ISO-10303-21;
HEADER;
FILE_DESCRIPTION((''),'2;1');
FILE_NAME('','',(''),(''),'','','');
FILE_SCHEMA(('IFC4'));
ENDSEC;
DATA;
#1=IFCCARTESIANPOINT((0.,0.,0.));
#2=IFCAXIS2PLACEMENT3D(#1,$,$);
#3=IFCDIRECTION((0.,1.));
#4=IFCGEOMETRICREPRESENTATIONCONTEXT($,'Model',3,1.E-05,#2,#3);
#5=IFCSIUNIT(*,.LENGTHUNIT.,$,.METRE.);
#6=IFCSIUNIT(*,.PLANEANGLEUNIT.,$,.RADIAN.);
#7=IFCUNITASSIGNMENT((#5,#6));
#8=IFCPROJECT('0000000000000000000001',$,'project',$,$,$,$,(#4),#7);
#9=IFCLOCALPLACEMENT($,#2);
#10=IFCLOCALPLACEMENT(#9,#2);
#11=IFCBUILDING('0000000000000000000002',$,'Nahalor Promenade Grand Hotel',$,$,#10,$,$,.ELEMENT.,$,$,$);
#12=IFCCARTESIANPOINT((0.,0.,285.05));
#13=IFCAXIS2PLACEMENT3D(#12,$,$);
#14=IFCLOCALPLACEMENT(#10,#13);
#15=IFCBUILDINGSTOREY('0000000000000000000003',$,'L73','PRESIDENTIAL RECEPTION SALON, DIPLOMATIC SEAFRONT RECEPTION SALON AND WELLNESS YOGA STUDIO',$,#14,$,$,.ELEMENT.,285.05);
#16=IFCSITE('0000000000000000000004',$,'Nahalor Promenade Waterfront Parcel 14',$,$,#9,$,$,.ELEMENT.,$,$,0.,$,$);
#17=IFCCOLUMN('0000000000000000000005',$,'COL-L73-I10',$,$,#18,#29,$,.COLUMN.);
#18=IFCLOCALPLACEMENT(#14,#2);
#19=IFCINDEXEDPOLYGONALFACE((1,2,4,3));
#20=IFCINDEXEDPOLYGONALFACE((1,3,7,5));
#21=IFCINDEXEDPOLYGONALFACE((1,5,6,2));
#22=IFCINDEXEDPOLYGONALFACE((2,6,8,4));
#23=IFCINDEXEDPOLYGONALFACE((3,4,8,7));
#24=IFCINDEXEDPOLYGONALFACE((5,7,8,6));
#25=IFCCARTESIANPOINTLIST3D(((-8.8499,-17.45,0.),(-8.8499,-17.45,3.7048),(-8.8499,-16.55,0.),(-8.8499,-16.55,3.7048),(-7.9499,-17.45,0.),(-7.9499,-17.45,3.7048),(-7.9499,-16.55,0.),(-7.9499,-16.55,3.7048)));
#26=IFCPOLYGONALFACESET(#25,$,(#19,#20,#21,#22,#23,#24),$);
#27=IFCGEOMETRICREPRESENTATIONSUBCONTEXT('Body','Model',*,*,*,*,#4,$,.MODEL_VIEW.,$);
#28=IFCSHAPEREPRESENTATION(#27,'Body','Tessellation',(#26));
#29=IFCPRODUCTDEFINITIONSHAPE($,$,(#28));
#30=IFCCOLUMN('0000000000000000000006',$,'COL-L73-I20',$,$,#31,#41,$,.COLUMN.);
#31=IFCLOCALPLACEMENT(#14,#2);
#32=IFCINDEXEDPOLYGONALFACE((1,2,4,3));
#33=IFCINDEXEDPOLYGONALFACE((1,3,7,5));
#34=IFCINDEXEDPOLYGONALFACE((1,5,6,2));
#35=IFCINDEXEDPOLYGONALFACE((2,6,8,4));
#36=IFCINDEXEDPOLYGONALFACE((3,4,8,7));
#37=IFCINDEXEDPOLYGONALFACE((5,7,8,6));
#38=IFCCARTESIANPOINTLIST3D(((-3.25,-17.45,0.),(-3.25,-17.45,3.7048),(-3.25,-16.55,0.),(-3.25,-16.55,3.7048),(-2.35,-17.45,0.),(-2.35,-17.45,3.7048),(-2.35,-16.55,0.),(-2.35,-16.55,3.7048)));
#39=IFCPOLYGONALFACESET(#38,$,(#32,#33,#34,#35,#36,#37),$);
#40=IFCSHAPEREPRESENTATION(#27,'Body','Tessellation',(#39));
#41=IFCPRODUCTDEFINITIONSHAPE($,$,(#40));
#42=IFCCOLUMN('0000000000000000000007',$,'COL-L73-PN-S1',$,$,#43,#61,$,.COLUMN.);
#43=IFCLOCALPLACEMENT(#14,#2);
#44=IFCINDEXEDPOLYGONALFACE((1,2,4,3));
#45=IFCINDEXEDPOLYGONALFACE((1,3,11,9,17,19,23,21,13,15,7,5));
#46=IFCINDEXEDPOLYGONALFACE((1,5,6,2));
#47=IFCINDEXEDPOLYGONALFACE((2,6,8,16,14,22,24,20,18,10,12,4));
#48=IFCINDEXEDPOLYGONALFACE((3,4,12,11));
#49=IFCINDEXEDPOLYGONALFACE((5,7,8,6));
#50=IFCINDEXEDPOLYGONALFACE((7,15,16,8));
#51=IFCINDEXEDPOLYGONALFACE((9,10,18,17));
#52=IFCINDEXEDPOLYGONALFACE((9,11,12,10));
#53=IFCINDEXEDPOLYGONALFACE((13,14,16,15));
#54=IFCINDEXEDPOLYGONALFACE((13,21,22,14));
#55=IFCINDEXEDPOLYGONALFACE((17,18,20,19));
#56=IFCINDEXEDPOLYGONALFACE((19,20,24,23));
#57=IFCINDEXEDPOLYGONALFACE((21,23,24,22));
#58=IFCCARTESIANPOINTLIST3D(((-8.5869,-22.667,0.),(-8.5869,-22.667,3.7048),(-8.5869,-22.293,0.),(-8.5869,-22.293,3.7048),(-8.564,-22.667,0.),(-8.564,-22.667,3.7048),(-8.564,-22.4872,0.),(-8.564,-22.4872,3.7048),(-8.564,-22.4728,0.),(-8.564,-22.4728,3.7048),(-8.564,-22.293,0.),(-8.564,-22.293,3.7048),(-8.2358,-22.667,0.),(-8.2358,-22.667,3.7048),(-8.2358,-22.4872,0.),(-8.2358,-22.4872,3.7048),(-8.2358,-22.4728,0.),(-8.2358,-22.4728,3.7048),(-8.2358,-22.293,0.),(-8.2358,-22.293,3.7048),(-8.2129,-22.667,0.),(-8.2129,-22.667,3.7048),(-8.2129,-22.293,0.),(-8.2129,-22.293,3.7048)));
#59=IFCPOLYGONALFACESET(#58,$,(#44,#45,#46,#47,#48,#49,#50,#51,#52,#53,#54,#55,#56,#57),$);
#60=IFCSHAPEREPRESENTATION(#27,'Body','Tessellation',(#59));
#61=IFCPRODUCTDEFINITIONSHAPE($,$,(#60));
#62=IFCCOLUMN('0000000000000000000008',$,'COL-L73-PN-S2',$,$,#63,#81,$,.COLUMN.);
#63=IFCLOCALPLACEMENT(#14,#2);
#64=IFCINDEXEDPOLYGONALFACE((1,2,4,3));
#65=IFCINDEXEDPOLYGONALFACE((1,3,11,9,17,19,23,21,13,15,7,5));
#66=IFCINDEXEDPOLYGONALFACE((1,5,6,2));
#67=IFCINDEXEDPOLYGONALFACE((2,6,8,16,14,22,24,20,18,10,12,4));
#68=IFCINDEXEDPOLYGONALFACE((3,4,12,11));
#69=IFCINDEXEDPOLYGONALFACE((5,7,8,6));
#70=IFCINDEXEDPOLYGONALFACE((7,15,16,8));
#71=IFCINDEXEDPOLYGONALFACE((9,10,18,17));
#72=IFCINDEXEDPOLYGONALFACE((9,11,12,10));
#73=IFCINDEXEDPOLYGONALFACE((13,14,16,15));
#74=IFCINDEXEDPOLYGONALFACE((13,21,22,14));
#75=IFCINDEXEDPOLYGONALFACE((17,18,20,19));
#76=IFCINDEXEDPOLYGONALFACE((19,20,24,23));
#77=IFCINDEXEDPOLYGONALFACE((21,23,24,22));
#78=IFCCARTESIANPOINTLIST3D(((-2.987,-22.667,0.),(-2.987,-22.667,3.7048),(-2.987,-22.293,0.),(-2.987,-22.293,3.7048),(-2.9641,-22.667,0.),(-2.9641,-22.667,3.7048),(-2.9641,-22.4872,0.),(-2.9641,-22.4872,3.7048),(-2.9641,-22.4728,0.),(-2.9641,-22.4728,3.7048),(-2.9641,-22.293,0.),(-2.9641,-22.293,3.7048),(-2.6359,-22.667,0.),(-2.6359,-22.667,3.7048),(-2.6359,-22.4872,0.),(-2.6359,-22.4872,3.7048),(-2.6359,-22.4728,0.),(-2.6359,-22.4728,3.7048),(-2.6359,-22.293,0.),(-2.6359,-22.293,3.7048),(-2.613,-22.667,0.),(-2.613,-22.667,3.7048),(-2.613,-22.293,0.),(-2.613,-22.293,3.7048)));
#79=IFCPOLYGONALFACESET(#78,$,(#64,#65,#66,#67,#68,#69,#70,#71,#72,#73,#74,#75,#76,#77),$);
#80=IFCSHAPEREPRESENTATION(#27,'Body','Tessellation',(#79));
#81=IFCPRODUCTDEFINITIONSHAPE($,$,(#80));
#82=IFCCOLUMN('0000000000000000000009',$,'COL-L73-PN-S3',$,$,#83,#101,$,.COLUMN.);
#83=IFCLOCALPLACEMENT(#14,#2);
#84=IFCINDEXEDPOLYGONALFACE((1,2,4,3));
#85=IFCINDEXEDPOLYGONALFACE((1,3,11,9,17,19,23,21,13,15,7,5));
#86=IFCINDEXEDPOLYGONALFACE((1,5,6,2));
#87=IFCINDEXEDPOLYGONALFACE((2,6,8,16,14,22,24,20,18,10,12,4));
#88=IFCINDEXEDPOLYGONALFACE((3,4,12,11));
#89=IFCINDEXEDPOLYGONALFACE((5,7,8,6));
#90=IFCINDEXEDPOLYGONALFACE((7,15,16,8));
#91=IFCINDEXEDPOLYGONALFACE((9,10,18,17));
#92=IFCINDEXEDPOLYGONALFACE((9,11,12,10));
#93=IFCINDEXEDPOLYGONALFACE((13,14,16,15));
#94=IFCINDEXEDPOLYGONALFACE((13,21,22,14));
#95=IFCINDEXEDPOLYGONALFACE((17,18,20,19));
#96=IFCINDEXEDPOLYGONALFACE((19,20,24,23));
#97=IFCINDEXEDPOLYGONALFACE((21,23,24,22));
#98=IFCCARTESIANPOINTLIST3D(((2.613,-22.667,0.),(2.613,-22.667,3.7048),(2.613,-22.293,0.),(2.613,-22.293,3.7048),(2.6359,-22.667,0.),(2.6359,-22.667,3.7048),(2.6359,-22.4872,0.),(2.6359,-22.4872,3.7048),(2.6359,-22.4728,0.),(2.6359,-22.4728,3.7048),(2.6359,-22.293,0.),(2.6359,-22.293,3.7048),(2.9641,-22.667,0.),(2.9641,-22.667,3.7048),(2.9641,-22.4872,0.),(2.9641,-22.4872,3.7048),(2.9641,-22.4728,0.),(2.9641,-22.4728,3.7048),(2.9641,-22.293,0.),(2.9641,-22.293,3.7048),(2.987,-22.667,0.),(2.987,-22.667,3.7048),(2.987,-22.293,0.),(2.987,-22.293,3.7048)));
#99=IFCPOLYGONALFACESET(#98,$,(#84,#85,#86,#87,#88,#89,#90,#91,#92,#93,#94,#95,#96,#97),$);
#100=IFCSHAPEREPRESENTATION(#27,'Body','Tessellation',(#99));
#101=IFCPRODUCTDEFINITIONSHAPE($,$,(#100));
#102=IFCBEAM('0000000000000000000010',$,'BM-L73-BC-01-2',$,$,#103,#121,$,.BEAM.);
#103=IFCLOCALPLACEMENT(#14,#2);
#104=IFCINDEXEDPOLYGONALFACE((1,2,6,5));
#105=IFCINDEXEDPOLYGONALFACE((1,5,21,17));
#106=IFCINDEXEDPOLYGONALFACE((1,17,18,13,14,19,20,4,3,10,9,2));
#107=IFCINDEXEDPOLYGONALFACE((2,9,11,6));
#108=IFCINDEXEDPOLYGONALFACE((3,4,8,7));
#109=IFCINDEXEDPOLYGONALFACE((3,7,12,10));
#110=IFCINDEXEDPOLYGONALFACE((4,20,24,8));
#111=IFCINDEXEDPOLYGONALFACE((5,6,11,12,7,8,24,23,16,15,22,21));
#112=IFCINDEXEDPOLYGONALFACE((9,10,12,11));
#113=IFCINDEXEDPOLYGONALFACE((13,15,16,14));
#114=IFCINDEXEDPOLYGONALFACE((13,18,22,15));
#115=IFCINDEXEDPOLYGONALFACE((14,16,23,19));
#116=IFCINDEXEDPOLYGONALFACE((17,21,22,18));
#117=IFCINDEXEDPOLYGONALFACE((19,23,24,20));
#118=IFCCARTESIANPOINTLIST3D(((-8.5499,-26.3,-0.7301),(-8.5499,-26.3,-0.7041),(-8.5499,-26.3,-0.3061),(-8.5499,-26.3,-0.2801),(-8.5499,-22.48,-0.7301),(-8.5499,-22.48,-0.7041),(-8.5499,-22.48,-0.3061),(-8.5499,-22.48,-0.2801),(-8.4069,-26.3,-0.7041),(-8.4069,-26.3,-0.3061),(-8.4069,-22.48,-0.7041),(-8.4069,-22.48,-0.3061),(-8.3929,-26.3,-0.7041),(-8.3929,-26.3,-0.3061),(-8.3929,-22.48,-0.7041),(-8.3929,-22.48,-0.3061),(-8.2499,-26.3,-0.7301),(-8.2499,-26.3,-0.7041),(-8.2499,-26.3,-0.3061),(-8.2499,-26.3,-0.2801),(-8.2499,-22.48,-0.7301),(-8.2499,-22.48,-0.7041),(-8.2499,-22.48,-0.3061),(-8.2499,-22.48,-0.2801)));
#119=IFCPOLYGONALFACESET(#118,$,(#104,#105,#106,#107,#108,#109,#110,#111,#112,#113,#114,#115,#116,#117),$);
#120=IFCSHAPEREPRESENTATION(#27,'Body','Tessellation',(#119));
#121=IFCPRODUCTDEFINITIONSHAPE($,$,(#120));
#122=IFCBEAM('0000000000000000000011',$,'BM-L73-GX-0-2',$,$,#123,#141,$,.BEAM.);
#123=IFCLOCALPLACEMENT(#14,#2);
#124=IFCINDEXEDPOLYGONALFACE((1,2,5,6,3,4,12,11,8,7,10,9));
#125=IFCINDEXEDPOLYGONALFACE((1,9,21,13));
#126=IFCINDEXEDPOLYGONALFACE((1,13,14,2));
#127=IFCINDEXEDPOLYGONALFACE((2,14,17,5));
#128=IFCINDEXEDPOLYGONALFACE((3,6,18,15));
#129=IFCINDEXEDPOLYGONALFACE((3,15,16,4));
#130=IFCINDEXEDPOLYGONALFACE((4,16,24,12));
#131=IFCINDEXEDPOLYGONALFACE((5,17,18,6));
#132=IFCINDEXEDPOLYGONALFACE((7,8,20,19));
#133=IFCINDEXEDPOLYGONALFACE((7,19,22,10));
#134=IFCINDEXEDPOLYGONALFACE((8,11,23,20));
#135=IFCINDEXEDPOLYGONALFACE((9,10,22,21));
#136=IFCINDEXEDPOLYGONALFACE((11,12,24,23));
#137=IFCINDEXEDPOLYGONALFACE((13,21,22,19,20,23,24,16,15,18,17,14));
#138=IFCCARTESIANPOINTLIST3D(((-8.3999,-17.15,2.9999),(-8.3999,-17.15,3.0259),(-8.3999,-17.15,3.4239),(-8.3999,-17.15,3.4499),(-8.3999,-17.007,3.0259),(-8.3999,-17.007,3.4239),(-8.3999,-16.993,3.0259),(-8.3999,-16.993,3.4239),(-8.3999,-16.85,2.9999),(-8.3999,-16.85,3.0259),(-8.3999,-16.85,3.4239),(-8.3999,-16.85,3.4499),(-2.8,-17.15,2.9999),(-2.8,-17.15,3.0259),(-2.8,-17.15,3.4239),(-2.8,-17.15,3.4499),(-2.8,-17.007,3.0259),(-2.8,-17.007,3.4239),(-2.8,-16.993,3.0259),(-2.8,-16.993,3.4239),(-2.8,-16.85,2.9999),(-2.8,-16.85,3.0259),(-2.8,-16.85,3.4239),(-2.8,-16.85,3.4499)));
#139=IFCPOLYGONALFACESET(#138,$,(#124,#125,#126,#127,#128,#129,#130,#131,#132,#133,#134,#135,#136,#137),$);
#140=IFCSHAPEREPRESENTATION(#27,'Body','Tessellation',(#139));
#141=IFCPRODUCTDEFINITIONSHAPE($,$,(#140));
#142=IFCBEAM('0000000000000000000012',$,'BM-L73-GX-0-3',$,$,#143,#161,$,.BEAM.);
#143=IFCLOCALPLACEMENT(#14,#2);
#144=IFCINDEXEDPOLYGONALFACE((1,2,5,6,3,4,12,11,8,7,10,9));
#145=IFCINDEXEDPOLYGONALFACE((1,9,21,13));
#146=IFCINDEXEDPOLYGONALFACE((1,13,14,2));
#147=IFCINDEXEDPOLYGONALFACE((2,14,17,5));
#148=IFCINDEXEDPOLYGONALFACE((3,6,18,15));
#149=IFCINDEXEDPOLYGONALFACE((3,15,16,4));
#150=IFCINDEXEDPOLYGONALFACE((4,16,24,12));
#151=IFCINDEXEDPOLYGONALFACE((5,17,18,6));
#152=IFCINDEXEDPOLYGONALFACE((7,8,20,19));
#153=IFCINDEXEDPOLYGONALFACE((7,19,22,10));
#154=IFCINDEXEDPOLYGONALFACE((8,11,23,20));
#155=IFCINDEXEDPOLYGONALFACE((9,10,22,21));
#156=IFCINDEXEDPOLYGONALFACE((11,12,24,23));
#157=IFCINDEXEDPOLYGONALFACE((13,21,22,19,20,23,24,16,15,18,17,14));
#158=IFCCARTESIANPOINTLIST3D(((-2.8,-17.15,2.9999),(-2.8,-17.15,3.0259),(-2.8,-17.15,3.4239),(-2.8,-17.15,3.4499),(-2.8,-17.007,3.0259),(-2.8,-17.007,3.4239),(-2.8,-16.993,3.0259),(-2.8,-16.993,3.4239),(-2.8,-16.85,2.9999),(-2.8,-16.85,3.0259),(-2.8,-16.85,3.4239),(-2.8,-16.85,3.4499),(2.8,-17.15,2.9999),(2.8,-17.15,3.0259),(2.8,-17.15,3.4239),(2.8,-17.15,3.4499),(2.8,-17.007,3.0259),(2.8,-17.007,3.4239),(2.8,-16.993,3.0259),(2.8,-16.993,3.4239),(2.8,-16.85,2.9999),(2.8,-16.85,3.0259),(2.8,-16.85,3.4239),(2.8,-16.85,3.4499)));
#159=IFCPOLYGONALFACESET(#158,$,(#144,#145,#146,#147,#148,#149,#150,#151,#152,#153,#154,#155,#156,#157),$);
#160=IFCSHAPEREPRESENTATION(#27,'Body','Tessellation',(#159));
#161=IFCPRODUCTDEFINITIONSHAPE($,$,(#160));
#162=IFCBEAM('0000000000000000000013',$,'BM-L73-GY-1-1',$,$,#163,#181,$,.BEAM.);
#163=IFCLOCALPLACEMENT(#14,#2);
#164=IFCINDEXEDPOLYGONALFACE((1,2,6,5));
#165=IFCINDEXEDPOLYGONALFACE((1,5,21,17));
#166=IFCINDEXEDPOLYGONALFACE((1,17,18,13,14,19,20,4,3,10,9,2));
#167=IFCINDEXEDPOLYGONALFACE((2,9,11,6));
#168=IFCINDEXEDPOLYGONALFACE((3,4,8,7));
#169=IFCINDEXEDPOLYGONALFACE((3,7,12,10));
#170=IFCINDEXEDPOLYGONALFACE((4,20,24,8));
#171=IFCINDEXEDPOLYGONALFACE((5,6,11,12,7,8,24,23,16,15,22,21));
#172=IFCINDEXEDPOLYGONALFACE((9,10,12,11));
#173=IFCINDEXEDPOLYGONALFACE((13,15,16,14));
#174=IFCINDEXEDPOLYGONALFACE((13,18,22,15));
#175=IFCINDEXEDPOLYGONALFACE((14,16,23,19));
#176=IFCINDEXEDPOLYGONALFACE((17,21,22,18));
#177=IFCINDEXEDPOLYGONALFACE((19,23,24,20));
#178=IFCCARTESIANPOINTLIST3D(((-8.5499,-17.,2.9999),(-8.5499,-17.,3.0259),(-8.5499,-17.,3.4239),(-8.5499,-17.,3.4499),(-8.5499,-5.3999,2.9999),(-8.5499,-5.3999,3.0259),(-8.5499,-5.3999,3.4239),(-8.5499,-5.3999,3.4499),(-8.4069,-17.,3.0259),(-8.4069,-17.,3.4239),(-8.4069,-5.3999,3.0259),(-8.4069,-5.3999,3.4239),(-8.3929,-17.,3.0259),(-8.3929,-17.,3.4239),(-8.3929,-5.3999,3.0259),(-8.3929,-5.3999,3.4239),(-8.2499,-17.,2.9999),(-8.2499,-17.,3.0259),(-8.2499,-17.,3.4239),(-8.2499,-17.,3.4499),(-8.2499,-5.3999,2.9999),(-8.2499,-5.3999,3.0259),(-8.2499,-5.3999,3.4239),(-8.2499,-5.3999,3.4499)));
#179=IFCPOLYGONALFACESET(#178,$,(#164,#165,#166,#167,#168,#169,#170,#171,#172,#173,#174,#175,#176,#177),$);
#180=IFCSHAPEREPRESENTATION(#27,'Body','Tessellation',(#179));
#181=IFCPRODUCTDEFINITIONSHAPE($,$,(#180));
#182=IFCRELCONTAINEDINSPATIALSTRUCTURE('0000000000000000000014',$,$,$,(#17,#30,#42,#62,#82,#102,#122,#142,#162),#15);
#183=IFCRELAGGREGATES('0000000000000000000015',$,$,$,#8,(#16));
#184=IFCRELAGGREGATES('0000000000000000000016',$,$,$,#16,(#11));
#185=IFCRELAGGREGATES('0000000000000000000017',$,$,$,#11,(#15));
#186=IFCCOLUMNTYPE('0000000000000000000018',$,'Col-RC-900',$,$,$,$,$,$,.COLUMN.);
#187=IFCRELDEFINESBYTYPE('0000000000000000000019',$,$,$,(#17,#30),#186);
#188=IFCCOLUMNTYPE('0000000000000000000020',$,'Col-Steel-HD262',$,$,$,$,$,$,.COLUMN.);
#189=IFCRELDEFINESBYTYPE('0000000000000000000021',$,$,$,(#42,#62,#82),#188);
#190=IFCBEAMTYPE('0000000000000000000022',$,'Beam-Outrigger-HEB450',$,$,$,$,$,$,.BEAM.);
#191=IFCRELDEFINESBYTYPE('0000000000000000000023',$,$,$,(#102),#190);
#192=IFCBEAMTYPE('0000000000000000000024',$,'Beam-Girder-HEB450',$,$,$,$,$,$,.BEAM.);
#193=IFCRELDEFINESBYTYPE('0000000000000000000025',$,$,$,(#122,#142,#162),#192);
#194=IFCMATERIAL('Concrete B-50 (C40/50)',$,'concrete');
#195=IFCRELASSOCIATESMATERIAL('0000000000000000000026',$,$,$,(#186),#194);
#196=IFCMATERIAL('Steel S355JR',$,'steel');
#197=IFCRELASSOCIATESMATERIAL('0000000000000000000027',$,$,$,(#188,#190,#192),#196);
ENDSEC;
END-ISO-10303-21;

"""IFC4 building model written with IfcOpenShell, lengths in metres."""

from ifc_helpers import new_model, si_unit, direction, frame, origin, origin_2d, place, context, subcontext, project, spatial, rectangle, i_section, extrude, source, transform, mapped, material, material_profile, profile_set, type_object, element, save


model = new_model("IFC4")

# Units and contexts
model_context = context("Model", 3, precision=1e-05, world=origin(), true_north=direction((0.0, 1.0)))
body_context = subcontext(model_context, "Body", "Model", "MODEL_VIEW")
ifc_project = project(units=[si_unit("LENGTHUNIT", "METRE"), si_unit("PLANEANGLEUNIT", "RADIAN")], contexts=[model_context])

# Site, building, storey
site_placement = place(None, origin())
site = spatial("IfcSite", under=ifc_project, at=site_placement, Name="Nahalor Promenade Waterfront Parcel 14", CompositionType="ELEMENT", RefElevation=0.0)
building_placement = place(site_placement, origin())
building = spatial("IfcBuilding", under=site, at=building_placement, Name="Nahalor Promenade Grand Hotel", CompositionType="ELEMENT")
storey_placement = place(building_placement, frame((0.0, 0.0, 285.05)))
storey = spatial("IfcBuildingStorey", under=building, at=storey_placement, Name="L73", Description="PRESIDENTIAL RECEPTION SALON, DIPLOMATIC SEAFRONT RECEPTION SALON AND WELLNESS YOGA STUDIO", CompositionType="ELEMENT", Elevation=285.05)

# Columns
ifc_material_1 = material(Name="Concrete B-50 (C40/50)", Category="concrete")
ifc_material_profile_1 = material_profile(ifc_material_1, rectangle(XDim=0.9, YDim=0.9, at=origin_2d()), Name="RC 900x900")
ifc_profile_set_1 = profile_set([ifc_material_profile_1], Name="Concrete B-50 (C40/50)")
column_type_1 = type_object("IfcColumnType", Name="Col-RC-900", PredefinedType="COLUMN", material=ifc_profile_set_1)
shared_shape_1 = source(origin(), body_context, "Body", "SweptSolid", [
    extrude(rectangle(XDim=0.9, YDim=0.9, at=origin_2d()), origin(), (0.0, 0.0, 1.0), 3.7048),
])
for number, where, z_axis, x_axis, name in (
    (1, (-8.3999, -17.0, 0.0), (0.0, 0.0, 1.0), (1.0, 0.0, 0.0), "COL-L73-I10"),
    (2, (-2.8, -17.0, 0.0), (0.0, 0.0, 1.0), (1.0, 0.0, 0.0), "COL-L73-I20"),
):
    element("IfcColumn", number, at=place(storey_placement, frame(where, z_axis=z_axis, x_axis=x_axis)), inside=storey, type_object=column_type_1, Name=name, PredefinedType="COLUMN", context=body_context, shape_type="MappedRepresentation", body=[
        mapped(shared_shape_1, transform((0.0, 0.0, 0.0), scale=1.0)),
    ])
ifc_material_2 = material(Name="Steel S355JR", Category="steel")
ifc_material_profile_2 = material_profile(ifc_material_2, i_section(OverallWidth=0.374, OverallDepth=0.374, WebThickness=0.0144, FlangeThickness=0.0229, at=origin_2d()), Name="HD 360x262")
ifc_profile_set_2 = profile_set([ifc_material_profile_2], Name="Steel S355JR")
column_type_2 = type_object("IfcColumnType", Name="Col-Steel-HD262", PredefinedType="COLUMN", material=ifc_profile_set_2)
shared_shape_2 = source(origin(), body_context, "Body", "SweptSolid", [
    extrude(i_section(OverallWidth=0.374, OverallDepth=0.374, WebThickness=0.0144, FlangeThickness=0.0229, at=origin_2d()), origin(), (0.0, 0.0, 1.0), 3.7048),
])
for number, where, z_axis, x_axis, name in (
    (3, (-8.3999, -22.48, 0.0), (0.0, 0.0, 1.0), (0.0, 1.0, 0.0), "COL-L73-PN-S1"),
    (4, (-2.8, -22.48, 0.0), (0.0, 0.0, 1.0), (0.0, 1.0, 0.0), "COL-L73-PN-S2"),
    (5, (2.8, -22.48, 0.0), (0.0, 0.0, 1.0), (0.0, 1.0, 0.0), "COL-L73-PN-S3"),
):
    element("IfcColumn", number, at=place(storey_placement, frame(where, z_axis=z_axis, x_axis=x_axis)), inside=storey, type_object=column_type_2, Name=name, PredefinedType="COLUMN", context=body_context, shape_type="MappedRepresentation", body=[
        mapped(shared_shape_2, transform((0.0, 0.0, 0.0), scale=1.0)),
    ])

# Beams
ifc_material_profile_3 = material_profile(ifc_material_2, i_section(OverallWidth=0.3, OverallDepth=0.45, WebThickness=0.014, FlangeThickness=0.026, at=origin_2d()), Name="HEB 450")
ifc_profile_set_3 = profile_set([ifc_material_profile_3], Name="Steel S355JR")
beam_type_1 = type_object("IfcBeamType", Name="Beam-Outrigger-HEB450", PredefinedType="BEAM", material=ifc_profile_set_3)
shared_shape_3 = source(origin(), body_context, "Body", "SweptSolid", [
    extrude(i_section(OverallWidth=0.3, OverallDepth=0.45, WebThickness=0.014, FlangeThickness=0.026, at=origin_2d()), origin(), (0.0, 0.0, 1.0), 3.8201),
])
beam_1_placement = place(storey_placement, frame((-8.3999, -26.3, -0.5051), z_axis=(0.0, 1.0, 0.0), x_axis=(-1.0, 0.0, 0.0)))
element("IfcBeam", 6, at=beam_1_placement, inside=storey, type_object=beam_type_1, Name="BM-L73-BC-01-2", PredefinedType="BEAM", context=body_context, shape_type="MappedRepresentation", body=[
    mapped(shared_shape_3, transform((0.0, 0.0, 0.0), scale=1.0)),
])
ifc_material_profile_4 = material_profile(ifc_material_2, i_section(OverallWidth=0.3, OverallDepth=0.45, WebThickness=0.014, FlangeThickness=0.026, at=origin_2d()), Name="HEB 450")
ifc_profile_set_4 = profile_set([ifc_material_profile_4], Name="Steel S355JR")
beam_type_2 = type_object("IfcBeamType", Name="Beam-Girder-HEB450", PredefinedType="BEAM", material=ifc_profile_set_4)
shared_shape_4 = source(origin(), body_context, "Body", "SweptSolid", [
    extrude(i_section(OverallWidth=0.3, OverallDepth=0.45, WebThickness=0.014, FlangeThickness=0.026, at=origin_2d()), origin(), (0.0, 0.0, 1.0), 5.5999),
])
beam_2_placement = place(storey_placement, frame((-8.3999, -17.0, 3.2249), z_axis=(1.0, 0.0, 0.0), x_axis=(0.0, 1.0, 0.0)))
element("IfcBeam", 7, at=beam_2_placement, inside=storey, type_object=beam_type_2, Name="BM-L73-GX-0-2", PredefinedType="BEAM", context=body_context, shape_type="MappedRepresentation", body=[
    mapped(shared_shape_4, transform((0.0, 0.0, 0.0), scale=1.0)),
])
shared_shape_5 = source(origin(), body_context, "Body", "SweptSolid", [
    extrude(i_section(OverallWidth=0.3, OverallDepth=0.45, WebThickness=0.014, FlangeThickness=0.026, at=origin_2d()), origin(), (0.0, 0.0, 1.0), 5.6001),
])
beam_3_placement = place(storey_placement, frame((-2.8, -17.0, 3.2249), z_axis=(1.0, 0.0, 0.0), x_axis=(0.0, 1.0, 0.0)))
element("IfcBeam", 8, at=beam_3_placement, inside=storey, type_object=beam_type_2, Name="BM-L73-GX-0-3", PredefinedType="BEAM", context=body_context, shape_type="MappedRepresentation", body=[
    mapped(shared_shape_5, transform((0.0, 0.0, 0.0), scale=1.0)),
])
shared_shape_6 = source(origin(), body_context, "Body", "SweptSolid", [
    extrude(i_section(OverallWidth=0.3, OverallDepth=0.45, WebThickness=0.014, FlangeThickness=0.026, at=origin_2d()), origin(), (0.0, 0.0, 1.0), 11.6001),
])
beam_4_placement = place(storey_placement, frame((-8.3999, -17.0, 3.2249), z_axis=(0.0, 1.0, 0.0), x_axis=(-1.0, 0.0, 0.0)))
element("IfcBeam", 9, at=beam_4_placement, inside=storey, type_object=beam_type_2, Name="BM-L73-GY-1-1", PredefinedType="BEAM", context=body_context, shape_type="MappedRepresentation", body=[
    mapped(shared_shape_6, transform((0.0, 0.0, 0.0), scale=1.0)),
])

save(model, "model.ifc")
